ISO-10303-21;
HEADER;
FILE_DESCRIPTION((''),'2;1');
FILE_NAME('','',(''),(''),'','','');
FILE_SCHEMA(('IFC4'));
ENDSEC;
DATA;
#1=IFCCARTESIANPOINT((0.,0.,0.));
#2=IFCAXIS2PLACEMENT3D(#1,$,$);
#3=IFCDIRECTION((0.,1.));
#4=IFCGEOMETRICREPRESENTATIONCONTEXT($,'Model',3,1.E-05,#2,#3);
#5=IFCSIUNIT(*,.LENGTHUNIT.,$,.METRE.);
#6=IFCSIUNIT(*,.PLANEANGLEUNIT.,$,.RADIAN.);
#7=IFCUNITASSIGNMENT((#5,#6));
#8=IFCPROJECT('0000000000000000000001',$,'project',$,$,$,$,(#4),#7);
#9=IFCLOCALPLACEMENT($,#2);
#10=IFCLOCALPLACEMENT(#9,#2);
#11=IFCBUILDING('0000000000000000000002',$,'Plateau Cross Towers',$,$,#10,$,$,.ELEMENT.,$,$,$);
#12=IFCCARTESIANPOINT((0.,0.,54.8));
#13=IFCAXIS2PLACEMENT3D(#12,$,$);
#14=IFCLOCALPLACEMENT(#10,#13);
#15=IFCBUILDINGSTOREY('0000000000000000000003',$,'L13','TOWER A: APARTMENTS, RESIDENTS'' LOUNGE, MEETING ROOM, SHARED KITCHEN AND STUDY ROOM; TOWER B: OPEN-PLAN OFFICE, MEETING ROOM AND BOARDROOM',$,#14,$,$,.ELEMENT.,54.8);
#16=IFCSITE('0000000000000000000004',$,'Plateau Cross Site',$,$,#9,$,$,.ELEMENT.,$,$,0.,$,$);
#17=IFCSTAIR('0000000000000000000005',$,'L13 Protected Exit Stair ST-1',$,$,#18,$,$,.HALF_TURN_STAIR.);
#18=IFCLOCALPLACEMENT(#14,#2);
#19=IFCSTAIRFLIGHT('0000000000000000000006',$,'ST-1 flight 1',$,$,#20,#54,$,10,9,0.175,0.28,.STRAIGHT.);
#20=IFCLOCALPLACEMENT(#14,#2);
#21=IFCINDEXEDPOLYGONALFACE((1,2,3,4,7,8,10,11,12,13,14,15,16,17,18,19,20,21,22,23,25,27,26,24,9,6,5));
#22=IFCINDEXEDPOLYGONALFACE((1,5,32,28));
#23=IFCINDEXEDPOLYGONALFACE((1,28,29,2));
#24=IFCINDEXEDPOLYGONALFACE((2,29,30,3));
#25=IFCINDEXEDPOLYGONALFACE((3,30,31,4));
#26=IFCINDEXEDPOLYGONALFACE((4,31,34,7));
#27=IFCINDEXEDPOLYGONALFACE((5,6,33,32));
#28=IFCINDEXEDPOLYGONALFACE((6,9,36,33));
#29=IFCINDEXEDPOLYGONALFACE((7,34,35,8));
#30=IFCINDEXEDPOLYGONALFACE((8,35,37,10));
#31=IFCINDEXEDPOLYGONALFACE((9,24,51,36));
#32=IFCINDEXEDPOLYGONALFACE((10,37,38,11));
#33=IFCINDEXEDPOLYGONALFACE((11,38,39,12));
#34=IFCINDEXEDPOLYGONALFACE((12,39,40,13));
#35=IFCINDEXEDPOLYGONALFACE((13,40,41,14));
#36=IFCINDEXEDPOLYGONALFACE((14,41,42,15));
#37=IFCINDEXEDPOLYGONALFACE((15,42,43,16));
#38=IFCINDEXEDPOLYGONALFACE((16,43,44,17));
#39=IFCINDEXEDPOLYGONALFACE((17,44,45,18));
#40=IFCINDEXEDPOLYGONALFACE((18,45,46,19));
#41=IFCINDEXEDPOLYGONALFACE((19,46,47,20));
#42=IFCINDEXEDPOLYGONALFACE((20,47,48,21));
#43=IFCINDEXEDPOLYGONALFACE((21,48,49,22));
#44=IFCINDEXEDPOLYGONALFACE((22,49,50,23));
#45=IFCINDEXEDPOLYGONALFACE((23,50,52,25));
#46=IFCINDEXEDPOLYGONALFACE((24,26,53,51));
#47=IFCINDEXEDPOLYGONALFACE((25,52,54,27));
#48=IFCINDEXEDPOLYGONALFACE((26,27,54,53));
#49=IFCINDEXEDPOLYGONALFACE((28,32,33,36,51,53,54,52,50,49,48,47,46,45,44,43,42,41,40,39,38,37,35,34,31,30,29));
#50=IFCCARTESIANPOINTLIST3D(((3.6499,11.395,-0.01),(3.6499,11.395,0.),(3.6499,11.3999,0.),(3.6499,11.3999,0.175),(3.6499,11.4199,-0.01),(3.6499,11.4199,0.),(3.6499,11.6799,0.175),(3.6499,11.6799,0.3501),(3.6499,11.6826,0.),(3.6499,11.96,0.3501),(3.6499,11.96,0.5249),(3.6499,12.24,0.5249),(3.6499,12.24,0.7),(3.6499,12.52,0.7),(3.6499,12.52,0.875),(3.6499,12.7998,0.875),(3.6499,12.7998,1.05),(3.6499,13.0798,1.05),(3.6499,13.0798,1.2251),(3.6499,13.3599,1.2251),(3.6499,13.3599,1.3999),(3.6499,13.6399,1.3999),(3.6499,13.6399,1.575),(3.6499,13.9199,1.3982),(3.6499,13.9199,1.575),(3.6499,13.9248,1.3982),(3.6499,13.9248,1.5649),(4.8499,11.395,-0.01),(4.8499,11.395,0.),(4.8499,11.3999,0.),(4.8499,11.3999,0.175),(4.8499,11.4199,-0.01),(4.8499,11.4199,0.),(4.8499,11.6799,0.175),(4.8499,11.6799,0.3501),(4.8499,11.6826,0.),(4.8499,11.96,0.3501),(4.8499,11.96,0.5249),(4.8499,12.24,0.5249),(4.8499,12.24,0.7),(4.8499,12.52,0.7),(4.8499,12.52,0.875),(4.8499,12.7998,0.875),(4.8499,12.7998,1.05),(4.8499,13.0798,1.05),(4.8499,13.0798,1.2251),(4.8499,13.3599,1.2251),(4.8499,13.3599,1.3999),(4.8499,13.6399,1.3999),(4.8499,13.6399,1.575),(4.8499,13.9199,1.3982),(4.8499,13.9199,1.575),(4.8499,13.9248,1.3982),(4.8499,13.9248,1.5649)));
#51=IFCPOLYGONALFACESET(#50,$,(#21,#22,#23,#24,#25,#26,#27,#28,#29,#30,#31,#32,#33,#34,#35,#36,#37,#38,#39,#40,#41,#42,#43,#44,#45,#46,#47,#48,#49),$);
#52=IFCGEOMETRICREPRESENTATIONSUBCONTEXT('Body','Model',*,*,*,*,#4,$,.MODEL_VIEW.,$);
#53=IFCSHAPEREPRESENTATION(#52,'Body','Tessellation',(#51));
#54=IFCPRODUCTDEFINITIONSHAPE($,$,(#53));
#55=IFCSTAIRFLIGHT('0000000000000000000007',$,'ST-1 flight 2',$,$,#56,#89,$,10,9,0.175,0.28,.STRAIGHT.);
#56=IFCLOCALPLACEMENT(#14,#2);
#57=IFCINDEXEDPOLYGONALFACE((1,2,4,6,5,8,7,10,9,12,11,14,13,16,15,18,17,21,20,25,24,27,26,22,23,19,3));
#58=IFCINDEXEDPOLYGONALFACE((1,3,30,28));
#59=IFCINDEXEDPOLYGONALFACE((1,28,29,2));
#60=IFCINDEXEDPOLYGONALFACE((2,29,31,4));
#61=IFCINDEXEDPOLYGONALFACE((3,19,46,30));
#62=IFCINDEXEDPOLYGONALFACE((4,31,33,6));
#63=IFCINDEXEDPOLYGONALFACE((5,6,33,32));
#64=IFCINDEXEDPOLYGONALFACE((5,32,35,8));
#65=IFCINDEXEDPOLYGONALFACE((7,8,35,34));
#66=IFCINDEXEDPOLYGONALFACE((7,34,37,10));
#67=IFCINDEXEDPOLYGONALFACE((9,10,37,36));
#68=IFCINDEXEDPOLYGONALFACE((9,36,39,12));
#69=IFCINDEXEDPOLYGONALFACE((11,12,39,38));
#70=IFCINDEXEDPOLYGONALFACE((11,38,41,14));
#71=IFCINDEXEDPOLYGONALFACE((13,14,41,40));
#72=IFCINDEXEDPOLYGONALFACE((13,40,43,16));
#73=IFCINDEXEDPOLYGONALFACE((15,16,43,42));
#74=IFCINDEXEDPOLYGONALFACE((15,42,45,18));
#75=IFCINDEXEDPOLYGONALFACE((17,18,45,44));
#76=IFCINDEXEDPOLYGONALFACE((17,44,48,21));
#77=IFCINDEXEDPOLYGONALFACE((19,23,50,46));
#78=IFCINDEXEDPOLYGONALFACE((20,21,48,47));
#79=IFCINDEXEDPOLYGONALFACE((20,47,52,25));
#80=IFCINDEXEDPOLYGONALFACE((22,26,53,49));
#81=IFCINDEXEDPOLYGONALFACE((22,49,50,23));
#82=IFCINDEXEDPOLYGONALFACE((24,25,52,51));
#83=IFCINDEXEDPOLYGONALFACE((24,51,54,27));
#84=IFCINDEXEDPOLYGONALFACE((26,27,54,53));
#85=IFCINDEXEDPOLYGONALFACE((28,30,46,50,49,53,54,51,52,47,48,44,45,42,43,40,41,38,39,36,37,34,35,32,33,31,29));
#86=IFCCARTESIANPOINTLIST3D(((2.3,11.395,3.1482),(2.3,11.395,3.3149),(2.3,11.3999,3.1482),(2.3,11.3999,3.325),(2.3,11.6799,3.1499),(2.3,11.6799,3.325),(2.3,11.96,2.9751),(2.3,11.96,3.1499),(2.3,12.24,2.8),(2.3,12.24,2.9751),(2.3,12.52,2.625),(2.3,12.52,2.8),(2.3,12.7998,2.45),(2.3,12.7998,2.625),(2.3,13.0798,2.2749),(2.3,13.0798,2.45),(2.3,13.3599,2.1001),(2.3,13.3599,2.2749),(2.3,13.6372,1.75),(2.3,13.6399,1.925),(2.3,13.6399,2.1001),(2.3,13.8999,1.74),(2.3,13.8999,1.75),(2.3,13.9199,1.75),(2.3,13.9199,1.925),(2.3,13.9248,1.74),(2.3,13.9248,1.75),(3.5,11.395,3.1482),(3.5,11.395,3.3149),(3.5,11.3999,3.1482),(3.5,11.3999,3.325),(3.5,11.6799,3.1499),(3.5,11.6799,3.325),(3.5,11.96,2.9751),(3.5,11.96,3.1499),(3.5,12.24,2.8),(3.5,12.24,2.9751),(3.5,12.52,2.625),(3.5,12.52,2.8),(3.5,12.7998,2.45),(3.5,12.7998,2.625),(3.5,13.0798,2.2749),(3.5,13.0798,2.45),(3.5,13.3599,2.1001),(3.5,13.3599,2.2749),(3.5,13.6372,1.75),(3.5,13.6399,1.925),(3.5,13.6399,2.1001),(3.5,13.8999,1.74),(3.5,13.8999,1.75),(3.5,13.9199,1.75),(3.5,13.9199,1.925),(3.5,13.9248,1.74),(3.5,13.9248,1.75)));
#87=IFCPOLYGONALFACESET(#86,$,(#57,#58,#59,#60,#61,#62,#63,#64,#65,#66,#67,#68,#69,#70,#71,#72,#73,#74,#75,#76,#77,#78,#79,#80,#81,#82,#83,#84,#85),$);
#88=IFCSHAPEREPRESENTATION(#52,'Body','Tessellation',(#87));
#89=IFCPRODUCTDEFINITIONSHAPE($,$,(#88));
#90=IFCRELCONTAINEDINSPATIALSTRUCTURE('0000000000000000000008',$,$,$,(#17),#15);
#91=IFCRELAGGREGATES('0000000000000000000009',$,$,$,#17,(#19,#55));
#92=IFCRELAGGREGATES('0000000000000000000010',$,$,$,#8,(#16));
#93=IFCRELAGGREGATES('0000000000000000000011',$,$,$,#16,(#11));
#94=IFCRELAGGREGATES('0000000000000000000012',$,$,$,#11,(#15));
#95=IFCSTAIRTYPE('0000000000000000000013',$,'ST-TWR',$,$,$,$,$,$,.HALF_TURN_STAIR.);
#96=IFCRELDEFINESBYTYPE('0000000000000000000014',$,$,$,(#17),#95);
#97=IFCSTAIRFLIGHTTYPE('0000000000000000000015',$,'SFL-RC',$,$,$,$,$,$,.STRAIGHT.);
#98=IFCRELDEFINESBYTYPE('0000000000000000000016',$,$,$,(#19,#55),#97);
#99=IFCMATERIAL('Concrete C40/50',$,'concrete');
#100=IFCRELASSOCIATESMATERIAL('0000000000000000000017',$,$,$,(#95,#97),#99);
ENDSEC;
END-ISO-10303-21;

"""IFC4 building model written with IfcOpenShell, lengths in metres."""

from ifc_helpers import new_model, si_unit, direction, frame, origin, place, context, subcontext, project, spatial, polyline, outline, extrude, material, type_object, element, aggregate, save


model = new_model("IFC4")

# Units and contexts
model_context = context("Model", 3, precision=1e-05, world=origin(), true_north=direction((0.0, 1.0)))
body_context = subcontext(model_context, "Body", "Model", "MODEL_VIEW")
ifc_project = project(units=[si_unit("LENGTHUNIT", "METRE"), si_unit("PLANEANGLEUNIT", "RADIAN")], contexts=[model_context])

# Site, building, storey
site_placement = place(None, origin())
site = spatial("IfcSite", under=ifc_project, at=site_placement, Name="Plateau Cross Site", CompositionType="ELEMENT", RefElevation=0.0)
building_placement = place(site_placement, origin())
building = spatial("IfcBuilding", under=site, at=building_placement, Name="Plateau Cross Towers", CompositionType="ELEMENT")
storey_placement = place(building_placement, frame((0.0, 0.0, 54.8)))
storey = spatial("IfcBuildingStorey", under=building, at=storey_placement, Name="L13", Description="TOWER A: APARTMENTS, RESIDENTS' LOUNGE, MEETING ROOM, SHARED KITCHEN AND STUDY ROOM; TOWER B: OPEN-PLAN OFFICE, MEETING ROOM AND BOARDROOM", CompositionType="ELEMENT", Elevation=54.8)

# Stair, stair flights
ifc_material_1 = material(Name="Concrete C40/50", Category="concrete")
stair_type = type_object("IfcStairType", Name="ST-TWR", PredefinedType="HALF_TURN_STAIR", material=ifc_material_1)
stair_placement = place(storey_placement, origin())
stair = element("IfcStair", 1, at=stair_placement, inside=storey, type_object=stair_type, Name="L13 Protected Exit Stair ST-1", PredefinedType="HALF_TURN_STAIR")
stair_flight_type = type_object("IfcStairFlightType", Name="SFL-RC", PredefinedType="STRAIGHT", material=ifc_material_1)
stair_flight_1_placement = place(storey_placement, frame((4.25, 11.3999, 0.0), z_axis=(0.0, 0.0, 1.0), x_axis=(0.0, 1.0, 0.0)))
stair_flight_1 = element("IfcStairFlight", 2, at=stair_flight_1_placement, type_object=stair_flight_type, Name="ST-1 flight 1", NumberOfRisers=10, NumberOfTreads=9, PredefinedType="STRAIGHT", RiserHeight=0.175, TreadLength=0.28, context=body_context, shape_type="SweptSolid", body=[
    extrude(outline(polyline([(-0.0049, -0.01), (-0.0049, 0.0), (0.0, 0.0), (0.0, 0.175), (0.28, 0.175), (0.28, 0.3501), (0.5601, 0.3501), (0.5601, 0.5249), (0.8401, 0.5249), (0.8401, 0.7), (1.1201, 0.7), (1.1201, 0.875), (1.3999, 0.875), (1.3999, 1.05), (1.6799, 1.05), (1.6799, 1.2251), (1.96, 1.2251), (1.96, 1.3999), (2.24, 1.3999), (2.24, 1.575), (2.52, 1.575), (2.5249, 1.5649), (2.5249, 1.3982), (2.52, 1.3982), (0.2827, 0.0), (0.02, 0.0), (0.02, -0.01), (-0.0049, -0.01)])), frame((0.0, 0.6001, 0.0), z_axis=(0.0, -1.0, 0.0), x_axis=(1.0, 0.0, 0.0)), (0.0, 0.0, 1.0), 1.2),
])
stair_flight_2_placement = place(storey_placement, frame((2.8999, 13.9199, 1.75), z_axis=(0.0, 0.0, 1.0), x_axis=(0.0, -1.0, 0.0)))
stair_flight_2 = element("IfcStairFlight", 3, at=stair_flight_2_placement, type_object=stair_flight_type, Name="ST-1 flight 2", NumberOfRisers=10, NumberOfTreads=9, PredefinedType="STRAIGHT", RiserHeight=0.175, TreadLength=0.28, context=body_context, shape_type="SweptSolid", body=[
    extrude(outline(polyline([(-0.0049, -0.01), (-0.0049, 0.0), (0.0, 0.0), (0.0, 0.175), (0.28, 0.175), (0.28, 0.3501), (0.5601, 0.3501), (0.5601, 0.5249), (0.8401, 0.5249), (0.8401, 0.7), (1.1201, 0.7), (1.1201, 0.875), (1.3999, 0.875), (1.3999, 1.05), (1.6799, 1.05), (1.6799, 1.2251), (1.96, 1.2251), (1.96, 1.3999), (2.24, 1.3999), (2.24, 1.575), (2.52, 1.575), (2.5249, 1.5649), (2.5249, 1.3982), (2.52, 1.3982), (0.2827, 0.0), (0.02, 0.0), (0.02, -0.01), (-0.0049, -0.01)])), frame((0.0, 0.6001, 0.0), z_axis=(0.0, -1.0, 0.0), x_axis=(1.0, 0.0, 0.0)), (0.0, 0.0, 1.0), 1.2),
])
aggregate(stair, [stair_flight_1, stair_flight_2])

save(model, "model.ifc")
